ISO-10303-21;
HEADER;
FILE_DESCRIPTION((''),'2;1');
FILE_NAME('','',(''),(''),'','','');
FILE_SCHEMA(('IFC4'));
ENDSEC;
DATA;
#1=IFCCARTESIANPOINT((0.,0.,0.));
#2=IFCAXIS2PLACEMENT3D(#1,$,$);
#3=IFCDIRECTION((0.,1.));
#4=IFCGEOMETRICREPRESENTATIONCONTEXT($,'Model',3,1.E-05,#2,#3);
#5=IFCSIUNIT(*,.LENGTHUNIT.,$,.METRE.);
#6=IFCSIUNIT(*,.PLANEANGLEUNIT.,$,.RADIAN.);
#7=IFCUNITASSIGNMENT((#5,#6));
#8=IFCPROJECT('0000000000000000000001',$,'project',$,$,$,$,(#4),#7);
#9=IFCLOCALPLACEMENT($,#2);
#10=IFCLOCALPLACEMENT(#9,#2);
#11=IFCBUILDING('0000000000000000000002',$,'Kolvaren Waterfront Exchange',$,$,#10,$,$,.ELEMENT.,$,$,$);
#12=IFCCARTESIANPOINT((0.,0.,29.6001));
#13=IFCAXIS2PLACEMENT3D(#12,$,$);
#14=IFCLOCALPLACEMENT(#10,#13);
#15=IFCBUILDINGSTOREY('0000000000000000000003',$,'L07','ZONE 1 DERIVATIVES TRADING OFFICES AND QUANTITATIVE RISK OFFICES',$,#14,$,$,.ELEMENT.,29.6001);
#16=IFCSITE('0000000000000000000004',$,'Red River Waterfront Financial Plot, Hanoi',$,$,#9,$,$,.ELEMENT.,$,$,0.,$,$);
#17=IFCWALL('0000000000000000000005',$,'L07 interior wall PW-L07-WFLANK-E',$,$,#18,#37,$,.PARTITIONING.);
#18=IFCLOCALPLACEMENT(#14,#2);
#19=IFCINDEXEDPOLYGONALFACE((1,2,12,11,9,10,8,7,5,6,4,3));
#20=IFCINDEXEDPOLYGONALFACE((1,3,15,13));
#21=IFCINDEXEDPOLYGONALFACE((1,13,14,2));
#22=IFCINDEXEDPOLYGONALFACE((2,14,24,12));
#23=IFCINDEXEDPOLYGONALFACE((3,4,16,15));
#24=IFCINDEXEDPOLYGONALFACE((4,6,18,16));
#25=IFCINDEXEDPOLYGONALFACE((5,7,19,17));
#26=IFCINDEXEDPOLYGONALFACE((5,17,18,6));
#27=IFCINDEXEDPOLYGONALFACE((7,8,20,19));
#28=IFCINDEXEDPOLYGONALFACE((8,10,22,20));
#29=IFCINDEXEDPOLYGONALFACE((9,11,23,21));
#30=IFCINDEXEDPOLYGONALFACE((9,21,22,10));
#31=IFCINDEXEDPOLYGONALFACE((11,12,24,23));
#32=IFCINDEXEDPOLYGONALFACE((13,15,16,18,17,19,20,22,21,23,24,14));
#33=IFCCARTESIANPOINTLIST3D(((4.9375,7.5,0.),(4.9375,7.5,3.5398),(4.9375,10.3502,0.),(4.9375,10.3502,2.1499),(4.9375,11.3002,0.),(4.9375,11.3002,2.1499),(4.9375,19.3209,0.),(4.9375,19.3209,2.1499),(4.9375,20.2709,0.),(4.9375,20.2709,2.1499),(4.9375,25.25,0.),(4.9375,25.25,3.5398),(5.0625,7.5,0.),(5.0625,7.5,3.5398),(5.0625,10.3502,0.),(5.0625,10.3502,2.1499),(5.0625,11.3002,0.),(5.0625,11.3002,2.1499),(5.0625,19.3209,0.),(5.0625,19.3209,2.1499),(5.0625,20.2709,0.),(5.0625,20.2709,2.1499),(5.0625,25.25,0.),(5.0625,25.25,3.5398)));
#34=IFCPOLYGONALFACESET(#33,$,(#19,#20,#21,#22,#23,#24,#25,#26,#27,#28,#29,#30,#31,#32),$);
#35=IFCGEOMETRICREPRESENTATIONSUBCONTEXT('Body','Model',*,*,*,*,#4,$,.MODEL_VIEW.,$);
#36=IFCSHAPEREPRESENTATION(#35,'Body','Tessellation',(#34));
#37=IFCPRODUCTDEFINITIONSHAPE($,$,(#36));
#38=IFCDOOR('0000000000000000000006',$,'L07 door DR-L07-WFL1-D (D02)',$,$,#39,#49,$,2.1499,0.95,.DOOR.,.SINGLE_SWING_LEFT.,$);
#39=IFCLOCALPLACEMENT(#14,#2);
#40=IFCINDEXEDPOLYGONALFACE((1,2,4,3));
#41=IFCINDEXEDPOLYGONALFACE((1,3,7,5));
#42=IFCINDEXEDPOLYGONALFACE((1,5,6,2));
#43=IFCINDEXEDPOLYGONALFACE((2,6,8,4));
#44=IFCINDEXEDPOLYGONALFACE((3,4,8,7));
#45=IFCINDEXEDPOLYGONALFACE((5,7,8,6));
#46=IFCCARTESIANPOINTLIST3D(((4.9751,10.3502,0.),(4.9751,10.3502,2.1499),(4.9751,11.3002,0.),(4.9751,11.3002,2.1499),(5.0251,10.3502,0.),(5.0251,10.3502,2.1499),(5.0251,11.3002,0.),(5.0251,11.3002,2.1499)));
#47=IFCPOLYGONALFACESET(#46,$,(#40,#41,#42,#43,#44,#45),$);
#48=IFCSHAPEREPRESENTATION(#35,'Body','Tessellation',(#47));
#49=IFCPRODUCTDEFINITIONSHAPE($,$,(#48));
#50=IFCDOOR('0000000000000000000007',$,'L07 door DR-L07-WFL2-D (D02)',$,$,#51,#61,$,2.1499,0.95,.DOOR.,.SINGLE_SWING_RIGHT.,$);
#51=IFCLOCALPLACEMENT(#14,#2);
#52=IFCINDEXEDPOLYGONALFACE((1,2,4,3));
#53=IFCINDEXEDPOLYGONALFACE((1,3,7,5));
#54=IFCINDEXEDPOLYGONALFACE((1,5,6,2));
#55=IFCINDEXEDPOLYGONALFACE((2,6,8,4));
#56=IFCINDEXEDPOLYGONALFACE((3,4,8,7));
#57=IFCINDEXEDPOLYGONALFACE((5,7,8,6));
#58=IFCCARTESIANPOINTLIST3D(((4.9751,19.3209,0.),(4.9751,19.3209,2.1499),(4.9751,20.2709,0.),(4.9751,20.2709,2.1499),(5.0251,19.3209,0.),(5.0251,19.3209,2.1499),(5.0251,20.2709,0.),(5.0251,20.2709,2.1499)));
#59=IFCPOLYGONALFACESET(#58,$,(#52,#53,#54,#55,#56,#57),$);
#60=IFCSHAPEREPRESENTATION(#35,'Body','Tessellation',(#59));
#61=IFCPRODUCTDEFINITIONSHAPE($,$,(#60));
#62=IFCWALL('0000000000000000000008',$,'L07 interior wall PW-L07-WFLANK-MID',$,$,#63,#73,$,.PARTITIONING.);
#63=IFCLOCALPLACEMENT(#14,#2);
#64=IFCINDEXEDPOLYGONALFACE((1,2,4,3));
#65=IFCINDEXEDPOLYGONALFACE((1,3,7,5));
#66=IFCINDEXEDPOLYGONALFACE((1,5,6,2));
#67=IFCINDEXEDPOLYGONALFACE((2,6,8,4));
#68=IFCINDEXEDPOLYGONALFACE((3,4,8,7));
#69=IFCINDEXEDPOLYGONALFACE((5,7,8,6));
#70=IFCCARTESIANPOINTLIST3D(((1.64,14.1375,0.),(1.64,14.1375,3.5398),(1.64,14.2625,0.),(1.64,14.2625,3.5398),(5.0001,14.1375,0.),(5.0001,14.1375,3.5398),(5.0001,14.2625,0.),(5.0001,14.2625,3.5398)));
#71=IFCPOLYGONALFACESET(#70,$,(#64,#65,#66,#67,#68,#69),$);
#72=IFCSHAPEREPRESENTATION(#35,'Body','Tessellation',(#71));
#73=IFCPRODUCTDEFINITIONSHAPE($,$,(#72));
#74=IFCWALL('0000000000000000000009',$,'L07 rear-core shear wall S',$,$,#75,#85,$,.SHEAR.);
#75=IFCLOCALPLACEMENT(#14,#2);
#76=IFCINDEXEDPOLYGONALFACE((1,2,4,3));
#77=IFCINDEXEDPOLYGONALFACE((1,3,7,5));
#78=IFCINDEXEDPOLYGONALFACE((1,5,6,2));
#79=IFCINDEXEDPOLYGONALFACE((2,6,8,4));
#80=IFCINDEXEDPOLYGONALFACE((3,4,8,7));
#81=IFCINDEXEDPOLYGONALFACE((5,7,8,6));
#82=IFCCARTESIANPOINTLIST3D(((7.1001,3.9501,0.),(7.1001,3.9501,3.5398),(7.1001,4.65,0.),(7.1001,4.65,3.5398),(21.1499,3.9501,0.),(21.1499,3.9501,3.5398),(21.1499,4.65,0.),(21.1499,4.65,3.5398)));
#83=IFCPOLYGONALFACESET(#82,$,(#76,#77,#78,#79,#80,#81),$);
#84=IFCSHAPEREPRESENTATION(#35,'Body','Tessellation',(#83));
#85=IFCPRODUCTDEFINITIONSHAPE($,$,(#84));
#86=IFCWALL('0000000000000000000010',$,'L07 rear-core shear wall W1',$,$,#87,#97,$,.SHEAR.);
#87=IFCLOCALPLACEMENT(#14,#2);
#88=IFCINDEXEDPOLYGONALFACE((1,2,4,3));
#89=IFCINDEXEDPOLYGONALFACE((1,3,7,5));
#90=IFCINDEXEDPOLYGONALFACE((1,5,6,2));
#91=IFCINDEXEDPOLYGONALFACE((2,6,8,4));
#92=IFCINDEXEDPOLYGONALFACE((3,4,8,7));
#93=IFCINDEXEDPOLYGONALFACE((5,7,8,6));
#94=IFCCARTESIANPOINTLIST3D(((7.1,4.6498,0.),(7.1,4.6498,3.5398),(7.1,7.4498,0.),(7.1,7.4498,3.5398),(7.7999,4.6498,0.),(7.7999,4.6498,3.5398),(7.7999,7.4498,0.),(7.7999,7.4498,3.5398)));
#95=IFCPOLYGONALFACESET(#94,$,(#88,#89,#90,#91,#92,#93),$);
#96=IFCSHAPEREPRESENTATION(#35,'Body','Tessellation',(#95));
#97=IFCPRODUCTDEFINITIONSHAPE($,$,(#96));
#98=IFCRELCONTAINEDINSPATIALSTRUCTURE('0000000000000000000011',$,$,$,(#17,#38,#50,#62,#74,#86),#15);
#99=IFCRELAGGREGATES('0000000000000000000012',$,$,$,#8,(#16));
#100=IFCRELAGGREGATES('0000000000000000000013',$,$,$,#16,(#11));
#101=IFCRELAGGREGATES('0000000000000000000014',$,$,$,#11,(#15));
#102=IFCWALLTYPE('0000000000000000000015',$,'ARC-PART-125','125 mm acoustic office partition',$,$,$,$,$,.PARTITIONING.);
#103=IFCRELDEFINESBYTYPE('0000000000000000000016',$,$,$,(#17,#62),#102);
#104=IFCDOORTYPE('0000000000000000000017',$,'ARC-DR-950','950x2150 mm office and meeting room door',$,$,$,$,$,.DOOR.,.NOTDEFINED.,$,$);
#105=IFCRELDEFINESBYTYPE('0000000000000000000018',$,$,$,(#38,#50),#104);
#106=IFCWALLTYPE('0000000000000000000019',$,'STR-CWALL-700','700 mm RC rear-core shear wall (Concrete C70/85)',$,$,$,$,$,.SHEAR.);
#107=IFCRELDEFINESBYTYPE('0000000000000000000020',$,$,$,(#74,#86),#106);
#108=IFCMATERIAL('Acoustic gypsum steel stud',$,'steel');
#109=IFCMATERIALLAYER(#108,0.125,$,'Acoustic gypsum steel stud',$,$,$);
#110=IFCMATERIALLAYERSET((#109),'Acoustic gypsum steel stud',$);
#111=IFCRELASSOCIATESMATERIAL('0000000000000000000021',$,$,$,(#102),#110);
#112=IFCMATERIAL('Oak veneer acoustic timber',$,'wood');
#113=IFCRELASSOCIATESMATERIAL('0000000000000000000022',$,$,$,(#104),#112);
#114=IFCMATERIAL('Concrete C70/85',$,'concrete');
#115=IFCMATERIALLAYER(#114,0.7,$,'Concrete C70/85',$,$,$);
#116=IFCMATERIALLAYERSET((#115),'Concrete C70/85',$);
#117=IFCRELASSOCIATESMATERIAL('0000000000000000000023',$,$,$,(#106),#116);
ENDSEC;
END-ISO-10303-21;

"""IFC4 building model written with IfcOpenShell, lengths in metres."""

from ifc_helpers import new_model, si_unit, direction, frame, frame_2d, origin, place, context, subcontext, project, spatial, rectangle, extrude, material, layer, layer_set, type_object, element, fill, save


model = new_model("IFC4")

# Units and contexts
model_context = context("Model", 3, precision=1e-05, world=origin(), true_north=direction((0.0, 1.0)))
body_context = subcontext(model_context, "Body", "Model", "MODEL_VIEW")
ifc_project = project(units=[si_unit("LENGTHUNIT", "METRE"), si_unit("PLANEANGLEUNIT", "RADIAN")], contexts=[model_context])

# Site, building, storey
site_placement = place(None, origin())
site = spatial("IfcSite", under=ifc_project, at=site_placement, Name="Red River Waterfront Financial Plot, Hanoi", CompositionType="ELEMENT", RefElevation=0.0)
building_placement = place(site_placement, origin())
building = spatial("IfcBuilding", under=site, at=building_placement, Name="Kolvaren Waterfront Exchange", CompositionType="ELEMENT")
storey_placement = place(building_placement, frame((0.0, 0.0, 29.6001)))
storey = spatial("IfcBuildingStorey", under=building, at=storey_placement, Name="L07", Description="ZONE 1 DERIVATIVES TRADING OFFICES AND QUANTITATIVE RISK OFFICES", CompositionType="ELEMENT", Elevation=29.6001)

# Shared definitions
ifc_material_1 = material(Name="Concrete C70/85", Category="concrete")

# Shared definitions
ifc_material_2 = material(Name="Acoustic gypsum steel stud", Category="steel")
ifc_layer_1 = layer(ifc_material_2, 0.125, Name="Acoustic gypsum steel stud")
ifc_layer_set_1 = layer_set([ifc_layer_1], Name="Acoustic gypsum steel stud")
wall_type_1 = type_object("IfcWallType", Name="ARC-PART-125", Description="125 mm acoustic office partition", PredefinedType="PARTITIONING", material=ifc_layer_set_1)

# Wall, openings, doors
wall_1_placement = place(storey_placement, frame((5.0, 7.5, 0.0), z_axis=(0.0, 0.0, 1.0), x_axis=(0.0, 1.0, 0.0)))
wall_1 = element("IfcWall", 1, at=wall_1_placement, inside=storey, type_object=wall_type_1, Name="L07 interior wall PW-L07-WFLANK-E", PredefinedType="PARTITIONING", context=body_context, shape_type="SweptSolid", body=[
    extrude(rectangle(XDim=17.75, YDim=0.125, at=frame_2d((8.875, 0.0))), origin(), (0.0, 0.0, 1.0), 3.5398),
])
opening_1_placement = place(wall_1_placement, frame((2.8501, 0.0, 0.0)))
opening_1 = element("IfcOpeningElement", 2, at=opening_1_placement, cuts=wall_1, PredefinedType="OPENING", context=body_context, shape_type="SweptSolid", body=[
    extrude(rectangle(XDim=0.95, YDim=2.1499, at=frame_2d((0.4751, 1.075))), frame((0.0, 0.0725, 0.0), z_axis=(0.0, -1.0, 0.0), x_axis=(1.0, 0.0, 0.0)), (0.0, 0.0, 1.0), 0.145),
])
opening_2_placement = place(wall_1_placement, frame((11.8208, 0.0, 0.0)))
opening_2 = element("IfcOpeningElement", 3, at=opening_2_placement, cuts=wall_1, PredefinedType="OPENING", context=body_context, shape_type="SweptSolid", body=[
    extrude(rectangle(XDim=0.95, YDim=2.1499, at=frame_2d((0.4751, 1.075))), frame((0.0, 0.0725, 0.0), z_axis=(0.0, -1.0, 0.0), x_axis=(1.0, 0.0, 0.0)), (0.0, 0.0, 1.0), 0.145),
])
ifc_material_3 = material(Name="Oak veneer acoustic timber", Category="wood")
door_type_1 = type_object("IfcDoorType", Name="ARC-DR-950", Description="950x2150 mm office and meeting room door", OperationType="NOTDEFINED", PredefinedType="DOOR", material=ifc_material_3)
door_1_placement = place(opening_1_placement, origin())
door_1 = element("IfcDoor", 4, at=door_1_placement, inside=storey, type_object=door_type_1, Name="L07 door DR-L07-WFL1-D (D02)", OperationType="SINGLE_SWING_LEFT", OverallHeight=2.1499, OverallWidth=0.95, PredefinedType="DOOR", context=body_context, shape_type="SweptSolid", body=[
    extrude(rectangle(XDim=0.95, YDim=2.1499, at=frame_2d((0.4751, 1.075))), frame((0.0, 0.0249, 0.0), z_axis=(0.0, -1.0, 0.0), x_axis=(1.0, 0.0, 0.0)), (0.0, 0.0, 1.0), 0.05),
])
fill(opening_1, door_1)
door_2_placement = place(opening_2_placement, origin())
door_2 = element("IfcDoor", 5, at=door_2_placement, inside=storey, type_object=door_type_1, Name="L07 door DR-L07-WFL2-D (D02)", OperationType="SINGLE_SWING_RIGHT", OverallHeight=2.1499, OverallWidth=0.95, PredefinedType="DOOR", context=body_context, shape_type="SweptSolid", body=[
    extrude(rectangle(XDim=0.95, YDim=2.1499, at=frame_2d((0.4751, 1.075))), frame((0.0, 0.0249, 0.0), z_axis=(0.0, -1.0, 0.0), x_axis=(1.0, 0.0, 0.0)), (0.0, 0.0, 1.0), 0.05),
])
fill(opening_2, door_2)

# Walls
wall_2_placement = place(storey_placement, frame((1.6399, 14.2, 0.0), z_axis=(0.0, 0.0, 1.0), x_axis=(1.0, 0.0, 0.0)))
element("IfcWall", 6, at=wall_2_placement, inside=storey, type_object=wall_type_1, Name="L07 interior wall PW-L07-WFLANK-MID", PredefinedType="PARTITIONING", context=body_context, shape_type="SweptSolid", body=[
    extrude(rectangle(XDim=3.3601, YDim=0.125, at=frame_2d((1.6802, 0.0))), origin(), (0.0, 0.0, 1.0), 3.5398),
])
ifc_layer_2 = layer(ifc_material_1, 0.7, Name="Concrete C70/85")
ifc_layer_set_2 = layer_set([ifc_layer_2], Name="Concrete C70/85")
wall_type_2 = type_object("IfcWallType", Name="STR-CWALL-700", Description="700 mm RC rear-core shear wall (Concrete C70/85)", PredefinedType="SHEAR", material=ifc_layer_set_2)
wall_3_placement = place(storey_placement, frame((7.1001, 4.3, 0.0), z_axis=(0.0, 0.0, 1.0), x_axis=(1.0, 0.0, 0.0)))
element("IfcWall", 7, at=wall_3_placement, inside=storey, type_object=wall_type_2, Name="L07 rear-core shear wall S", PredefinedType="SHEAR", context=body_context, shape_type="SweptSolid", body=[
    extrude(rectangle(XDim=14.0498, YDim=0.7, at=frame_2d((7.0249, 0.0))), origin(), (0.0, 0.0, 1.0), 3.5398),
])
wall_4_placement = place(storey_placement, frame((7.45, 4.6499, 0.0), z_axis=(0.0, 0.0, 1.0), x_axis=(0.0, 1.0, 0.0)))
element("IfcWall", 8, at=wall_4_placement, inside=storey, type_object=wall_type_2, Name="L07 rear-core shear wall W1", PredefinedType="SHEAR", context=body_context, shape_type="SweptSolid", body=[
    extrude(rectangle(XDim=2.8, YDim=0.7, at=frame_2d((1.3999, 0.0))), origin(), (0.0, 0.0, 1.0), 3.5398),
])

save(model, "model.ifc")
